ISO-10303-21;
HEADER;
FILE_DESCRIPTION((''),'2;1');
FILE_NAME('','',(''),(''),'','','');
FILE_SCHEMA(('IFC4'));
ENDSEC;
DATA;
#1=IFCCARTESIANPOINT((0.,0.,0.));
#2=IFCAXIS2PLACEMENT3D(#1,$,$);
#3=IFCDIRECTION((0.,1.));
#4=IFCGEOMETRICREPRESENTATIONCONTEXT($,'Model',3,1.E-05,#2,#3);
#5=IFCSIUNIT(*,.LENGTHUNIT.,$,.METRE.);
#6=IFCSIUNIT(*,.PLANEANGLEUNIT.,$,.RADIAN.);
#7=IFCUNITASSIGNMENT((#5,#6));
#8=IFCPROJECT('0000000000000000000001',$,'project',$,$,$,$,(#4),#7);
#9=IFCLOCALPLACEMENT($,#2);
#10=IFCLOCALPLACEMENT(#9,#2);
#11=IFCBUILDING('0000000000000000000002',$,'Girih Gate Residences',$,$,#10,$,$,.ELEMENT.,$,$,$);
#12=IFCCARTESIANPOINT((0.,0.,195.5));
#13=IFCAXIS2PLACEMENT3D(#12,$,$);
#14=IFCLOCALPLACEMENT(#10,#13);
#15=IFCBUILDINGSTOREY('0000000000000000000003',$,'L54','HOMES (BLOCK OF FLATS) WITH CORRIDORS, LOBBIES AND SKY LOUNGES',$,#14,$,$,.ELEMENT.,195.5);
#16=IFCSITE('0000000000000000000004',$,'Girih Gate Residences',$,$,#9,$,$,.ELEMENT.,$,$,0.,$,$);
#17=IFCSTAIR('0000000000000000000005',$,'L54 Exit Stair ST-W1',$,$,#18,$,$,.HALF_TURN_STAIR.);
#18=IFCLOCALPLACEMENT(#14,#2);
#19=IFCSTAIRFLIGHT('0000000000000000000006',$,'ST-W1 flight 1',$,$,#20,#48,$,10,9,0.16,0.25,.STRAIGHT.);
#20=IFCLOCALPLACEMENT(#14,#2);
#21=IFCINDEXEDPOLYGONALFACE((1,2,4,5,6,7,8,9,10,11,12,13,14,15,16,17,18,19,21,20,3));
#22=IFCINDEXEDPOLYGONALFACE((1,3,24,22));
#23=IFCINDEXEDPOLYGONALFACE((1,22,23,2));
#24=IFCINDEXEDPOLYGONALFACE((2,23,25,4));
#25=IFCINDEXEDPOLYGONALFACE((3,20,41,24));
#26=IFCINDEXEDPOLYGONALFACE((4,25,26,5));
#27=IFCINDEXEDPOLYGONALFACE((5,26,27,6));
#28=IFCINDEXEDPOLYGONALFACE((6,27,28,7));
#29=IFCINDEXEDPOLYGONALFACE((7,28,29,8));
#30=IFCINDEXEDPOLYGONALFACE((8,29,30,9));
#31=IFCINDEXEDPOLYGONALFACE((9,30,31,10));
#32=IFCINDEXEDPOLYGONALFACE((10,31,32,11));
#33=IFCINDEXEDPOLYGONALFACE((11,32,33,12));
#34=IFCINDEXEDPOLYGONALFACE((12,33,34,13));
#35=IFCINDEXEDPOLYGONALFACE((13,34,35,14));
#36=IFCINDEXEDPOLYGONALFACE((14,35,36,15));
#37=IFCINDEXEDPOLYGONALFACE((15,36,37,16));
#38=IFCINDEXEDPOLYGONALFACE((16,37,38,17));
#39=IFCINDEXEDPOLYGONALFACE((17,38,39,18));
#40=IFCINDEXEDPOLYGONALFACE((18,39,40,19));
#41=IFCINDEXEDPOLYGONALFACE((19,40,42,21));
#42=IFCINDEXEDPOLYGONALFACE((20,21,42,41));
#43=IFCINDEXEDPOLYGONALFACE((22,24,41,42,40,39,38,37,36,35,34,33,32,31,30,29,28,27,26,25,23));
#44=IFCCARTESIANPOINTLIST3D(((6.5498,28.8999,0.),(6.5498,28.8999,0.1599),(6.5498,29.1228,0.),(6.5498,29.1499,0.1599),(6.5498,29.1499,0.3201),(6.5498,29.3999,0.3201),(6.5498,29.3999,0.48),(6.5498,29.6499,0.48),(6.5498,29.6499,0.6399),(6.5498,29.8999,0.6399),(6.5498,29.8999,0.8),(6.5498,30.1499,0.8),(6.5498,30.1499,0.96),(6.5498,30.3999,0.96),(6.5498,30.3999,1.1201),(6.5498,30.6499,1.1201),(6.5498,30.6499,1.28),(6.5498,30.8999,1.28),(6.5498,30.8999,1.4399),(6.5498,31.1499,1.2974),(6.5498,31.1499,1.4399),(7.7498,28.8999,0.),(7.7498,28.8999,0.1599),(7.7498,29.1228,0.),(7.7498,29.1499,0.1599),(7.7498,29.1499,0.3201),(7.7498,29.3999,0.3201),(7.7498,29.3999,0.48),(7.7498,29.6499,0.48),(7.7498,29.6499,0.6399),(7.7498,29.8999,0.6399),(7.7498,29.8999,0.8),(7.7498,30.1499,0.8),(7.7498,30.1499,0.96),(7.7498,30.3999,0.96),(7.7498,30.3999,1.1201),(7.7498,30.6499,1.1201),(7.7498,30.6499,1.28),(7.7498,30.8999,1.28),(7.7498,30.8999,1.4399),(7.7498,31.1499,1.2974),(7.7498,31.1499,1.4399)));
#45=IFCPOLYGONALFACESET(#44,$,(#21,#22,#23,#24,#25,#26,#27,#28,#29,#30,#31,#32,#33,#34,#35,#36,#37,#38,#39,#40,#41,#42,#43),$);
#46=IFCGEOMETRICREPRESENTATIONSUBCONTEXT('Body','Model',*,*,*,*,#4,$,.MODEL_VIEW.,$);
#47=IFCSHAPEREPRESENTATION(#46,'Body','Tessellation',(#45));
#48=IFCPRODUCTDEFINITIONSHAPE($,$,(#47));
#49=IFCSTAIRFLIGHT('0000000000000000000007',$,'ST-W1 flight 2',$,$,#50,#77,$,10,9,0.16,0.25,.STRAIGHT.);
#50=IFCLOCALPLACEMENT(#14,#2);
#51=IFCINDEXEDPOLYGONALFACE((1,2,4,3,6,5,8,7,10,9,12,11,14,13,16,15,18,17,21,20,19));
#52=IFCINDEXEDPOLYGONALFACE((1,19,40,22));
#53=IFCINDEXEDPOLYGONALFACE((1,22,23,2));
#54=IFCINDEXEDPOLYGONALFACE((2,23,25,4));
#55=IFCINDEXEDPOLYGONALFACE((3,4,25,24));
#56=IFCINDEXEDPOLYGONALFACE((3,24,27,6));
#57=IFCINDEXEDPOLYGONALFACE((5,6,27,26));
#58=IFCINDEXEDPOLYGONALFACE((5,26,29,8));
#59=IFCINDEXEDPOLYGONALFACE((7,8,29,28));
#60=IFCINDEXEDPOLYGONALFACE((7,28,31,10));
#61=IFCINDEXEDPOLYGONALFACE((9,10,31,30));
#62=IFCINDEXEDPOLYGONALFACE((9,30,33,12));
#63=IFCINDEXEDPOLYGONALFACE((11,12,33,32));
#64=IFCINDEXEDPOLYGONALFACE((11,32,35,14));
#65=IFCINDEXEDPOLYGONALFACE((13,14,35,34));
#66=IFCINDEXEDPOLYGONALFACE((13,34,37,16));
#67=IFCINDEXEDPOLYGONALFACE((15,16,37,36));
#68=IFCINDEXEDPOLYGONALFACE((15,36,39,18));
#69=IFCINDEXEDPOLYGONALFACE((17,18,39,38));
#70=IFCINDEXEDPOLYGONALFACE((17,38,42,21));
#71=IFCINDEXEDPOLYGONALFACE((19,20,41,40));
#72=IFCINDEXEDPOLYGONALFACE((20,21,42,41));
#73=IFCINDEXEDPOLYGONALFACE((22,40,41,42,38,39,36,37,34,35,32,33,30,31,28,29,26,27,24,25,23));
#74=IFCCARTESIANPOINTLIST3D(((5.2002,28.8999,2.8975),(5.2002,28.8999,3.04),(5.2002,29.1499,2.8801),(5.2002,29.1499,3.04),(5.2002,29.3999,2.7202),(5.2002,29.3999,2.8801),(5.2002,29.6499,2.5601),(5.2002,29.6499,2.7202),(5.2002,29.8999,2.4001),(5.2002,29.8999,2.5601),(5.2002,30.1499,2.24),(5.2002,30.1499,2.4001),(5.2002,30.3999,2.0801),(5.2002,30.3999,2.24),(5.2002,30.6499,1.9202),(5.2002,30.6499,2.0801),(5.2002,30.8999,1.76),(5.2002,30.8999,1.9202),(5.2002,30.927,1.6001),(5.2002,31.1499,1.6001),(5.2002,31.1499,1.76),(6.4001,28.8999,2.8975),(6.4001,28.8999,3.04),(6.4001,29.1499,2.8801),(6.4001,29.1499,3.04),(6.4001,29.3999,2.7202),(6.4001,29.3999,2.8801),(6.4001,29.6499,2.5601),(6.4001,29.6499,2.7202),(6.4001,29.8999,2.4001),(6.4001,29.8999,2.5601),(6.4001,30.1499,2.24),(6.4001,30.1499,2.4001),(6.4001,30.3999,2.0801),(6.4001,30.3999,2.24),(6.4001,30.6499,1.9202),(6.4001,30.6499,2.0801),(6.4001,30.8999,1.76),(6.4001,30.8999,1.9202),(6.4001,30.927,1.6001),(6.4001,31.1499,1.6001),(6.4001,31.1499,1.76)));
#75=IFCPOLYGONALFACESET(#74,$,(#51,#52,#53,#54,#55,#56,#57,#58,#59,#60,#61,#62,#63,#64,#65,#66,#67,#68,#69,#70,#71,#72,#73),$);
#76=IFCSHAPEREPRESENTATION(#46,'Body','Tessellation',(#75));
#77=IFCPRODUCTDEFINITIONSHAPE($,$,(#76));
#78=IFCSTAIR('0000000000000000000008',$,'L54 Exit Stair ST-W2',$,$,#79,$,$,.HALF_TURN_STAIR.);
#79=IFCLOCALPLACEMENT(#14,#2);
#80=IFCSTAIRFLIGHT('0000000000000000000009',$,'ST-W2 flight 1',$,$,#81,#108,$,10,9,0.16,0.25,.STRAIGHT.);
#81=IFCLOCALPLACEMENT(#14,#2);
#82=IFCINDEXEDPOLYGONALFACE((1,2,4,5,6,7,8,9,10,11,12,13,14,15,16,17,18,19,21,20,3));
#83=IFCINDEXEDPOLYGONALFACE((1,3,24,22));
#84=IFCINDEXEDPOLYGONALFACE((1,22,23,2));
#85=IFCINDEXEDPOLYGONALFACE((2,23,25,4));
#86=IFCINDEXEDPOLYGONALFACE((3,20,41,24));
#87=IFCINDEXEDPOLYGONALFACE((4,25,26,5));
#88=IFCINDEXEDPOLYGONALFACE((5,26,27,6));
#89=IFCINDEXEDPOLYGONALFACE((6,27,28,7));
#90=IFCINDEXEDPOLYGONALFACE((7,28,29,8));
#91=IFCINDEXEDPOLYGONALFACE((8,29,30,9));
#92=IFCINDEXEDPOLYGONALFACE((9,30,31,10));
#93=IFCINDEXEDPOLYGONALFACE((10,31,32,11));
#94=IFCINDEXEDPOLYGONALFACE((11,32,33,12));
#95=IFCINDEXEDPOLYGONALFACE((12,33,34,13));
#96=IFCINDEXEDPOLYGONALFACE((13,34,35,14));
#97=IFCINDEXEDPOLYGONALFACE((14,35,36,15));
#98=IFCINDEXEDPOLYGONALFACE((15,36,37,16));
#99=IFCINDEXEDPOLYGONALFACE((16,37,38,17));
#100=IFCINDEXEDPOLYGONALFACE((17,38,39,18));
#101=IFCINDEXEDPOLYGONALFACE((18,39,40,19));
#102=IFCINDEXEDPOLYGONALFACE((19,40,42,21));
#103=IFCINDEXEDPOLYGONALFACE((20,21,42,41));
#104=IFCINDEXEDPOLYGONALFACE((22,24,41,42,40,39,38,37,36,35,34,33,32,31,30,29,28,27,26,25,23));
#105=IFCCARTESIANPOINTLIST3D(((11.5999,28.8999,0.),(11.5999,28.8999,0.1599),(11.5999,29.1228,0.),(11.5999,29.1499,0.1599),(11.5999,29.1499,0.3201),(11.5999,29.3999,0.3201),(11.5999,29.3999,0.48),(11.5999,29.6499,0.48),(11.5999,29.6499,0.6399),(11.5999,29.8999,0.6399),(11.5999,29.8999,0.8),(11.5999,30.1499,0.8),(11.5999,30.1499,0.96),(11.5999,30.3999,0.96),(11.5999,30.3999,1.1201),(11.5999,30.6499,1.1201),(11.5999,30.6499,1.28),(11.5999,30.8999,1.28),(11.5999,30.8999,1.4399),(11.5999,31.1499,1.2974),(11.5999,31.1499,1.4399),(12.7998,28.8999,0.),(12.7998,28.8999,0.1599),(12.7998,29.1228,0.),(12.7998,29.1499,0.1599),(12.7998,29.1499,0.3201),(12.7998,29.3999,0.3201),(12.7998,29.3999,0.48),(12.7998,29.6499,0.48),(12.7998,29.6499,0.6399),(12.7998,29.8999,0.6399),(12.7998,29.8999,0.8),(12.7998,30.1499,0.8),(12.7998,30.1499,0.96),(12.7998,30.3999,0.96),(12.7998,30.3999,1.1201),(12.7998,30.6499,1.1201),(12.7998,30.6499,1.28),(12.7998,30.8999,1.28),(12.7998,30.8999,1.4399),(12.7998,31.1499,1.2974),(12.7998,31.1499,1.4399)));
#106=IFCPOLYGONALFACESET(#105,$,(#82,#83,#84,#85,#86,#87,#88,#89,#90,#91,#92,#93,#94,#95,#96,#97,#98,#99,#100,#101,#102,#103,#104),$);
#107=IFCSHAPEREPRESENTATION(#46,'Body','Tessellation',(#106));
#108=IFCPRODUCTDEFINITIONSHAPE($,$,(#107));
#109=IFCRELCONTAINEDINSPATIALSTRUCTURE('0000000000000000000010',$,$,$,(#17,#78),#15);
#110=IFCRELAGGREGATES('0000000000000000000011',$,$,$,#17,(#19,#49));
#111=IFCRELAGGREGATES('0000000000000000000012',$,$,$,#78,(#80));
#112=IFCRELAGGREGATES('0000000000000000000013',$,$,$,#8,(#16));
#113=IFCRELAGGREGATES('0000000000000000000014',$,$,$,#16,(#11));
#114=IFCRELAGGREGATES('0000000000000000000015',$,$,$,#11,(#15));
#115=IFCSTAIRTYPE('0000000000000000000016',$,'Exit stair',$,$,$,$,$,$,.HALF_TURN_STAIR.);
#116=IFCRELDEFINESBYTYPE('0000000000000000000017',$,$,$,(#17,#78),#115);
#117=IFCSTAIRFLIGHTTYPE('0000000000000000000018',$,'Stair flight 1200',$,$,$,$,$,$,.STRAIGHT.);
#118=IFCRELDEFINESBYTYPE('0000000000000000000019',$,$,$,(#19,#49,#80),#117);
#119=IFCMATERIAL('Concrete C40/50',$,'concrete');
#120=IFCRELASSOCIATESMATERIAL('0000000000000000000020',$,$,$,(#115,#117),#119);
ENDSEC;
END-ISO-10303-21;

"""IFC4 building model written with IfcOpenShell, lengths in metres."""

from ifc_helpers import new_model, si_unit, direction, frame, origin, place, context, subcontext, project, spatial, polyline, outline, extrude, material, type_object, element, aggregate, save


model = new_model("IFC4")

# Units and contexts
model_context = context("Model", 3, precision=1e-05, world=origin(), true_north=direction((0.0, 1.0)))
body_context = subcontext(model_context, "Body", "Model", "MODEL_VIEW")
ifc_project = project(units=[si_unit("LENGTHUNIT", "METRE"), si_unit("PLANEANGLEUNIT", "RADIAN")], contexts=[model_context])

# Site, building, storey
site_placement = place(None, origin())
site = spatial("IfcSite", under=ifc_project, at=site_placement, Name="Girih Gate Residences", CompositionType="ELEMENT", RefElevation=0.0)
building_placement = place(site_placement, origin())
building = spatial("IfcBuilding", under=site, at=building_placement, Name="Girih Gate Residences", CompositionType="ELEMENT")
storey_placement = place(building_placement, frame((0.0, 0.0, 195.5)))
storey = spatial("IfcBuildingStorey", under=building, at=storey_placement, Name="L54", Description="HOMES (BLOCK OF FLATS) WITH CORRIDORS, LOBBIES AND SKY LOUNGES", CompositionType="ELEMENT", Elevation=195.5)

# Shared definitions
ifc_material_1 = material(Name="Concrete C40/50", Category="concrete")

# Stair, stair flights
stair_type = type_object("IfcStairType", Name="Exit stair", PredefinedType="HALF_TURN_STAIR", material=ifc_material_1)
stair_1_placement = place(storey_placement, origin())
stair_1 = element("IfcStair", 1, at=stair_1_placement, inside=storey, type_object=stair_type, Name="L54 Exit Stair ST-W1", PredefinedType="HALF_TURN_STAIR")
stair_flight_type = type_object("IfcStairFlightType", Name="Stair flight 1200", PredefinedType="STRAIGHT", material=ifc_material_1)
stair_flight_1_placement = place(storey_placement, frame((7.1499, 28.8999, 0.0), z_axis=(0.0, 0.0, 1.0), x_axis=(0.0, 1.0, 0.0)))
stair_flight_1 = element("IfcStairFlight", 2, at=stair_flight_1_placement, type_object=stair_flight_type, Name="ST-W1 flight 1", NumberOfRisers=10, NumberOfTreads=9, PredefinedType="STRAIGHT", RiserHeight=0.16, TreadLength=0.25, context=body_context, shape_type="SweptSolid", body=[
    extrude(outline(polyline([(0.0, 0.0), (0.0, 0.1599), (0.25, 0.1599), (0.25, 0.3201), (0.5, 0.3201), (0.5, 0.48), (0.75, 0.48), (0.75, 0.6399), (1.0, 0.6399), (1.0, 0.8), (1.25, 0.8), (1.25, 0.96), (1.5, 0.96), (1.5, 1.1201), (1.75, 1.1201), (1.75, 1.28), (2.0, 1.28), (2.0, 1.4399), (2.25, 1.4399), (2.25, 1.6001), (2.25, 1.2974), (0.2229, 0.0), (0.0, 0.0)])), frame((0.0, 0.6001, 0.0), z_axis=(0.0, -1.0, 0.0), x_axis=(1.0, 0.0, 0.0)), (0.0, 0.0, 1.0), 1.2),
])
stair_flight_2_placement = place(storey_placement, frame((5.8, 31.1499, 1.6001), z_axis=(0.0, 0.0, 1.0), x_axis=(0.0, -1.0, 0.0)))
stair_flight_2 = element("IfcStairFlight", 3, at=stair_flight_2_placement, type_object=stair_flight_type, Name="ST-W1 flight 2", NumberOfRisers=10, NumberOfTreads=9, PredefinedType="STRAIGHT", RiserHeight=0.16, TreadLength=0.25, context=body_context, shape_type="SweptSolid", body=[
    extrude(outline(polyline([(0.0, 0.0), (0.0, 0.1599), (0.25, 0.1599), (0.25, 0.3201), (0.5, 0.3201), (0.5, 0.48), (0.75, 0.48), (0.75, 0.6399), (1.0, 0.6399), (1.0, 0.8), (1.25, 0.8), (1.25, 0.96), (1.5, 0.96), (1.5, 1.1201), (1.75, 1.1201), (1.75, 1.28), (2.0, 1.28), (2.0, 1.4399), (2.25, 1.4399), (2.25, 1.6001), (2.25, 1.2974), (0.2229, 0.0), (0.0, 0.0)])), frame((0.0, 0.6001, 0.0), z_axis=(0.0, -1.0, 0.0), x_axis=(1.0, 0.0, 0.0)), (0.0, 0.0, 1.0), 1.2),
])
aggregate(stair_1, [stair_flight_1, stair_flight_2])

# Stair, stair flight
stair_2_placement = place(storey_placement, origin())
stair_2 = element("IfcStair", 4, at=stair_2_placement, inside=storey, type_object=stair_type, Name="L54 Exit Stair ST-W2", PredefinedType="HALF_TURN_STAIR")
stair_flight_3_placement = place(storey_placement, frame((12.2, 28.8999, 0.0), z_axis=(0.0, 0.0, 1.0), x_axis=(0.0, 1.0, 0.0)))
stair_flight_3 = element("IfcStairFlight", 5, at=stair_flight_3_placement, type_object=stair_flight_type, Name="ST-W2 flight 1", NumberOfRisers=10, NumberOfTreads=9, PredefinedType="STRAIGHT", RiserHeight=0.16, TreadLength=0.25, context=body_context, shape_type="SweptSolid", body=[
    extrude(outline(polyline([(0.0, 0.0), (0.0, 0.1599), (0.25, 0.1599), (0.25, 0.3201), (0.5, 0.3201), (0.5, 0.48), (0.75, 0.48), (0.75, 0.6399), (1.0, 0.6399), (1.0, 0.8), (1.25, 0.8), (1.25, 0.96), (1.5, 0.96), (1.5, 1.1201), (1.75, 1.1201), (1.75, 1.28), (2.0, 1.28), (2.0, 1.4399), (2.25, 1.4399), (2.25, 1.6001), (2.25, 1.2974), (0.2229, 0.0), (0.0, 0.0)])), frame((0.0, 0.6001, 0.0), z_axis=(0.0, -1.0, 0.0), x_axis=(1.0, 0.0, 0.0)), (0.0, 0.0, 1.0), 1.2),
])
aggregate(stair_2, [stair_flight_3])

save(model, "model.ifc")
